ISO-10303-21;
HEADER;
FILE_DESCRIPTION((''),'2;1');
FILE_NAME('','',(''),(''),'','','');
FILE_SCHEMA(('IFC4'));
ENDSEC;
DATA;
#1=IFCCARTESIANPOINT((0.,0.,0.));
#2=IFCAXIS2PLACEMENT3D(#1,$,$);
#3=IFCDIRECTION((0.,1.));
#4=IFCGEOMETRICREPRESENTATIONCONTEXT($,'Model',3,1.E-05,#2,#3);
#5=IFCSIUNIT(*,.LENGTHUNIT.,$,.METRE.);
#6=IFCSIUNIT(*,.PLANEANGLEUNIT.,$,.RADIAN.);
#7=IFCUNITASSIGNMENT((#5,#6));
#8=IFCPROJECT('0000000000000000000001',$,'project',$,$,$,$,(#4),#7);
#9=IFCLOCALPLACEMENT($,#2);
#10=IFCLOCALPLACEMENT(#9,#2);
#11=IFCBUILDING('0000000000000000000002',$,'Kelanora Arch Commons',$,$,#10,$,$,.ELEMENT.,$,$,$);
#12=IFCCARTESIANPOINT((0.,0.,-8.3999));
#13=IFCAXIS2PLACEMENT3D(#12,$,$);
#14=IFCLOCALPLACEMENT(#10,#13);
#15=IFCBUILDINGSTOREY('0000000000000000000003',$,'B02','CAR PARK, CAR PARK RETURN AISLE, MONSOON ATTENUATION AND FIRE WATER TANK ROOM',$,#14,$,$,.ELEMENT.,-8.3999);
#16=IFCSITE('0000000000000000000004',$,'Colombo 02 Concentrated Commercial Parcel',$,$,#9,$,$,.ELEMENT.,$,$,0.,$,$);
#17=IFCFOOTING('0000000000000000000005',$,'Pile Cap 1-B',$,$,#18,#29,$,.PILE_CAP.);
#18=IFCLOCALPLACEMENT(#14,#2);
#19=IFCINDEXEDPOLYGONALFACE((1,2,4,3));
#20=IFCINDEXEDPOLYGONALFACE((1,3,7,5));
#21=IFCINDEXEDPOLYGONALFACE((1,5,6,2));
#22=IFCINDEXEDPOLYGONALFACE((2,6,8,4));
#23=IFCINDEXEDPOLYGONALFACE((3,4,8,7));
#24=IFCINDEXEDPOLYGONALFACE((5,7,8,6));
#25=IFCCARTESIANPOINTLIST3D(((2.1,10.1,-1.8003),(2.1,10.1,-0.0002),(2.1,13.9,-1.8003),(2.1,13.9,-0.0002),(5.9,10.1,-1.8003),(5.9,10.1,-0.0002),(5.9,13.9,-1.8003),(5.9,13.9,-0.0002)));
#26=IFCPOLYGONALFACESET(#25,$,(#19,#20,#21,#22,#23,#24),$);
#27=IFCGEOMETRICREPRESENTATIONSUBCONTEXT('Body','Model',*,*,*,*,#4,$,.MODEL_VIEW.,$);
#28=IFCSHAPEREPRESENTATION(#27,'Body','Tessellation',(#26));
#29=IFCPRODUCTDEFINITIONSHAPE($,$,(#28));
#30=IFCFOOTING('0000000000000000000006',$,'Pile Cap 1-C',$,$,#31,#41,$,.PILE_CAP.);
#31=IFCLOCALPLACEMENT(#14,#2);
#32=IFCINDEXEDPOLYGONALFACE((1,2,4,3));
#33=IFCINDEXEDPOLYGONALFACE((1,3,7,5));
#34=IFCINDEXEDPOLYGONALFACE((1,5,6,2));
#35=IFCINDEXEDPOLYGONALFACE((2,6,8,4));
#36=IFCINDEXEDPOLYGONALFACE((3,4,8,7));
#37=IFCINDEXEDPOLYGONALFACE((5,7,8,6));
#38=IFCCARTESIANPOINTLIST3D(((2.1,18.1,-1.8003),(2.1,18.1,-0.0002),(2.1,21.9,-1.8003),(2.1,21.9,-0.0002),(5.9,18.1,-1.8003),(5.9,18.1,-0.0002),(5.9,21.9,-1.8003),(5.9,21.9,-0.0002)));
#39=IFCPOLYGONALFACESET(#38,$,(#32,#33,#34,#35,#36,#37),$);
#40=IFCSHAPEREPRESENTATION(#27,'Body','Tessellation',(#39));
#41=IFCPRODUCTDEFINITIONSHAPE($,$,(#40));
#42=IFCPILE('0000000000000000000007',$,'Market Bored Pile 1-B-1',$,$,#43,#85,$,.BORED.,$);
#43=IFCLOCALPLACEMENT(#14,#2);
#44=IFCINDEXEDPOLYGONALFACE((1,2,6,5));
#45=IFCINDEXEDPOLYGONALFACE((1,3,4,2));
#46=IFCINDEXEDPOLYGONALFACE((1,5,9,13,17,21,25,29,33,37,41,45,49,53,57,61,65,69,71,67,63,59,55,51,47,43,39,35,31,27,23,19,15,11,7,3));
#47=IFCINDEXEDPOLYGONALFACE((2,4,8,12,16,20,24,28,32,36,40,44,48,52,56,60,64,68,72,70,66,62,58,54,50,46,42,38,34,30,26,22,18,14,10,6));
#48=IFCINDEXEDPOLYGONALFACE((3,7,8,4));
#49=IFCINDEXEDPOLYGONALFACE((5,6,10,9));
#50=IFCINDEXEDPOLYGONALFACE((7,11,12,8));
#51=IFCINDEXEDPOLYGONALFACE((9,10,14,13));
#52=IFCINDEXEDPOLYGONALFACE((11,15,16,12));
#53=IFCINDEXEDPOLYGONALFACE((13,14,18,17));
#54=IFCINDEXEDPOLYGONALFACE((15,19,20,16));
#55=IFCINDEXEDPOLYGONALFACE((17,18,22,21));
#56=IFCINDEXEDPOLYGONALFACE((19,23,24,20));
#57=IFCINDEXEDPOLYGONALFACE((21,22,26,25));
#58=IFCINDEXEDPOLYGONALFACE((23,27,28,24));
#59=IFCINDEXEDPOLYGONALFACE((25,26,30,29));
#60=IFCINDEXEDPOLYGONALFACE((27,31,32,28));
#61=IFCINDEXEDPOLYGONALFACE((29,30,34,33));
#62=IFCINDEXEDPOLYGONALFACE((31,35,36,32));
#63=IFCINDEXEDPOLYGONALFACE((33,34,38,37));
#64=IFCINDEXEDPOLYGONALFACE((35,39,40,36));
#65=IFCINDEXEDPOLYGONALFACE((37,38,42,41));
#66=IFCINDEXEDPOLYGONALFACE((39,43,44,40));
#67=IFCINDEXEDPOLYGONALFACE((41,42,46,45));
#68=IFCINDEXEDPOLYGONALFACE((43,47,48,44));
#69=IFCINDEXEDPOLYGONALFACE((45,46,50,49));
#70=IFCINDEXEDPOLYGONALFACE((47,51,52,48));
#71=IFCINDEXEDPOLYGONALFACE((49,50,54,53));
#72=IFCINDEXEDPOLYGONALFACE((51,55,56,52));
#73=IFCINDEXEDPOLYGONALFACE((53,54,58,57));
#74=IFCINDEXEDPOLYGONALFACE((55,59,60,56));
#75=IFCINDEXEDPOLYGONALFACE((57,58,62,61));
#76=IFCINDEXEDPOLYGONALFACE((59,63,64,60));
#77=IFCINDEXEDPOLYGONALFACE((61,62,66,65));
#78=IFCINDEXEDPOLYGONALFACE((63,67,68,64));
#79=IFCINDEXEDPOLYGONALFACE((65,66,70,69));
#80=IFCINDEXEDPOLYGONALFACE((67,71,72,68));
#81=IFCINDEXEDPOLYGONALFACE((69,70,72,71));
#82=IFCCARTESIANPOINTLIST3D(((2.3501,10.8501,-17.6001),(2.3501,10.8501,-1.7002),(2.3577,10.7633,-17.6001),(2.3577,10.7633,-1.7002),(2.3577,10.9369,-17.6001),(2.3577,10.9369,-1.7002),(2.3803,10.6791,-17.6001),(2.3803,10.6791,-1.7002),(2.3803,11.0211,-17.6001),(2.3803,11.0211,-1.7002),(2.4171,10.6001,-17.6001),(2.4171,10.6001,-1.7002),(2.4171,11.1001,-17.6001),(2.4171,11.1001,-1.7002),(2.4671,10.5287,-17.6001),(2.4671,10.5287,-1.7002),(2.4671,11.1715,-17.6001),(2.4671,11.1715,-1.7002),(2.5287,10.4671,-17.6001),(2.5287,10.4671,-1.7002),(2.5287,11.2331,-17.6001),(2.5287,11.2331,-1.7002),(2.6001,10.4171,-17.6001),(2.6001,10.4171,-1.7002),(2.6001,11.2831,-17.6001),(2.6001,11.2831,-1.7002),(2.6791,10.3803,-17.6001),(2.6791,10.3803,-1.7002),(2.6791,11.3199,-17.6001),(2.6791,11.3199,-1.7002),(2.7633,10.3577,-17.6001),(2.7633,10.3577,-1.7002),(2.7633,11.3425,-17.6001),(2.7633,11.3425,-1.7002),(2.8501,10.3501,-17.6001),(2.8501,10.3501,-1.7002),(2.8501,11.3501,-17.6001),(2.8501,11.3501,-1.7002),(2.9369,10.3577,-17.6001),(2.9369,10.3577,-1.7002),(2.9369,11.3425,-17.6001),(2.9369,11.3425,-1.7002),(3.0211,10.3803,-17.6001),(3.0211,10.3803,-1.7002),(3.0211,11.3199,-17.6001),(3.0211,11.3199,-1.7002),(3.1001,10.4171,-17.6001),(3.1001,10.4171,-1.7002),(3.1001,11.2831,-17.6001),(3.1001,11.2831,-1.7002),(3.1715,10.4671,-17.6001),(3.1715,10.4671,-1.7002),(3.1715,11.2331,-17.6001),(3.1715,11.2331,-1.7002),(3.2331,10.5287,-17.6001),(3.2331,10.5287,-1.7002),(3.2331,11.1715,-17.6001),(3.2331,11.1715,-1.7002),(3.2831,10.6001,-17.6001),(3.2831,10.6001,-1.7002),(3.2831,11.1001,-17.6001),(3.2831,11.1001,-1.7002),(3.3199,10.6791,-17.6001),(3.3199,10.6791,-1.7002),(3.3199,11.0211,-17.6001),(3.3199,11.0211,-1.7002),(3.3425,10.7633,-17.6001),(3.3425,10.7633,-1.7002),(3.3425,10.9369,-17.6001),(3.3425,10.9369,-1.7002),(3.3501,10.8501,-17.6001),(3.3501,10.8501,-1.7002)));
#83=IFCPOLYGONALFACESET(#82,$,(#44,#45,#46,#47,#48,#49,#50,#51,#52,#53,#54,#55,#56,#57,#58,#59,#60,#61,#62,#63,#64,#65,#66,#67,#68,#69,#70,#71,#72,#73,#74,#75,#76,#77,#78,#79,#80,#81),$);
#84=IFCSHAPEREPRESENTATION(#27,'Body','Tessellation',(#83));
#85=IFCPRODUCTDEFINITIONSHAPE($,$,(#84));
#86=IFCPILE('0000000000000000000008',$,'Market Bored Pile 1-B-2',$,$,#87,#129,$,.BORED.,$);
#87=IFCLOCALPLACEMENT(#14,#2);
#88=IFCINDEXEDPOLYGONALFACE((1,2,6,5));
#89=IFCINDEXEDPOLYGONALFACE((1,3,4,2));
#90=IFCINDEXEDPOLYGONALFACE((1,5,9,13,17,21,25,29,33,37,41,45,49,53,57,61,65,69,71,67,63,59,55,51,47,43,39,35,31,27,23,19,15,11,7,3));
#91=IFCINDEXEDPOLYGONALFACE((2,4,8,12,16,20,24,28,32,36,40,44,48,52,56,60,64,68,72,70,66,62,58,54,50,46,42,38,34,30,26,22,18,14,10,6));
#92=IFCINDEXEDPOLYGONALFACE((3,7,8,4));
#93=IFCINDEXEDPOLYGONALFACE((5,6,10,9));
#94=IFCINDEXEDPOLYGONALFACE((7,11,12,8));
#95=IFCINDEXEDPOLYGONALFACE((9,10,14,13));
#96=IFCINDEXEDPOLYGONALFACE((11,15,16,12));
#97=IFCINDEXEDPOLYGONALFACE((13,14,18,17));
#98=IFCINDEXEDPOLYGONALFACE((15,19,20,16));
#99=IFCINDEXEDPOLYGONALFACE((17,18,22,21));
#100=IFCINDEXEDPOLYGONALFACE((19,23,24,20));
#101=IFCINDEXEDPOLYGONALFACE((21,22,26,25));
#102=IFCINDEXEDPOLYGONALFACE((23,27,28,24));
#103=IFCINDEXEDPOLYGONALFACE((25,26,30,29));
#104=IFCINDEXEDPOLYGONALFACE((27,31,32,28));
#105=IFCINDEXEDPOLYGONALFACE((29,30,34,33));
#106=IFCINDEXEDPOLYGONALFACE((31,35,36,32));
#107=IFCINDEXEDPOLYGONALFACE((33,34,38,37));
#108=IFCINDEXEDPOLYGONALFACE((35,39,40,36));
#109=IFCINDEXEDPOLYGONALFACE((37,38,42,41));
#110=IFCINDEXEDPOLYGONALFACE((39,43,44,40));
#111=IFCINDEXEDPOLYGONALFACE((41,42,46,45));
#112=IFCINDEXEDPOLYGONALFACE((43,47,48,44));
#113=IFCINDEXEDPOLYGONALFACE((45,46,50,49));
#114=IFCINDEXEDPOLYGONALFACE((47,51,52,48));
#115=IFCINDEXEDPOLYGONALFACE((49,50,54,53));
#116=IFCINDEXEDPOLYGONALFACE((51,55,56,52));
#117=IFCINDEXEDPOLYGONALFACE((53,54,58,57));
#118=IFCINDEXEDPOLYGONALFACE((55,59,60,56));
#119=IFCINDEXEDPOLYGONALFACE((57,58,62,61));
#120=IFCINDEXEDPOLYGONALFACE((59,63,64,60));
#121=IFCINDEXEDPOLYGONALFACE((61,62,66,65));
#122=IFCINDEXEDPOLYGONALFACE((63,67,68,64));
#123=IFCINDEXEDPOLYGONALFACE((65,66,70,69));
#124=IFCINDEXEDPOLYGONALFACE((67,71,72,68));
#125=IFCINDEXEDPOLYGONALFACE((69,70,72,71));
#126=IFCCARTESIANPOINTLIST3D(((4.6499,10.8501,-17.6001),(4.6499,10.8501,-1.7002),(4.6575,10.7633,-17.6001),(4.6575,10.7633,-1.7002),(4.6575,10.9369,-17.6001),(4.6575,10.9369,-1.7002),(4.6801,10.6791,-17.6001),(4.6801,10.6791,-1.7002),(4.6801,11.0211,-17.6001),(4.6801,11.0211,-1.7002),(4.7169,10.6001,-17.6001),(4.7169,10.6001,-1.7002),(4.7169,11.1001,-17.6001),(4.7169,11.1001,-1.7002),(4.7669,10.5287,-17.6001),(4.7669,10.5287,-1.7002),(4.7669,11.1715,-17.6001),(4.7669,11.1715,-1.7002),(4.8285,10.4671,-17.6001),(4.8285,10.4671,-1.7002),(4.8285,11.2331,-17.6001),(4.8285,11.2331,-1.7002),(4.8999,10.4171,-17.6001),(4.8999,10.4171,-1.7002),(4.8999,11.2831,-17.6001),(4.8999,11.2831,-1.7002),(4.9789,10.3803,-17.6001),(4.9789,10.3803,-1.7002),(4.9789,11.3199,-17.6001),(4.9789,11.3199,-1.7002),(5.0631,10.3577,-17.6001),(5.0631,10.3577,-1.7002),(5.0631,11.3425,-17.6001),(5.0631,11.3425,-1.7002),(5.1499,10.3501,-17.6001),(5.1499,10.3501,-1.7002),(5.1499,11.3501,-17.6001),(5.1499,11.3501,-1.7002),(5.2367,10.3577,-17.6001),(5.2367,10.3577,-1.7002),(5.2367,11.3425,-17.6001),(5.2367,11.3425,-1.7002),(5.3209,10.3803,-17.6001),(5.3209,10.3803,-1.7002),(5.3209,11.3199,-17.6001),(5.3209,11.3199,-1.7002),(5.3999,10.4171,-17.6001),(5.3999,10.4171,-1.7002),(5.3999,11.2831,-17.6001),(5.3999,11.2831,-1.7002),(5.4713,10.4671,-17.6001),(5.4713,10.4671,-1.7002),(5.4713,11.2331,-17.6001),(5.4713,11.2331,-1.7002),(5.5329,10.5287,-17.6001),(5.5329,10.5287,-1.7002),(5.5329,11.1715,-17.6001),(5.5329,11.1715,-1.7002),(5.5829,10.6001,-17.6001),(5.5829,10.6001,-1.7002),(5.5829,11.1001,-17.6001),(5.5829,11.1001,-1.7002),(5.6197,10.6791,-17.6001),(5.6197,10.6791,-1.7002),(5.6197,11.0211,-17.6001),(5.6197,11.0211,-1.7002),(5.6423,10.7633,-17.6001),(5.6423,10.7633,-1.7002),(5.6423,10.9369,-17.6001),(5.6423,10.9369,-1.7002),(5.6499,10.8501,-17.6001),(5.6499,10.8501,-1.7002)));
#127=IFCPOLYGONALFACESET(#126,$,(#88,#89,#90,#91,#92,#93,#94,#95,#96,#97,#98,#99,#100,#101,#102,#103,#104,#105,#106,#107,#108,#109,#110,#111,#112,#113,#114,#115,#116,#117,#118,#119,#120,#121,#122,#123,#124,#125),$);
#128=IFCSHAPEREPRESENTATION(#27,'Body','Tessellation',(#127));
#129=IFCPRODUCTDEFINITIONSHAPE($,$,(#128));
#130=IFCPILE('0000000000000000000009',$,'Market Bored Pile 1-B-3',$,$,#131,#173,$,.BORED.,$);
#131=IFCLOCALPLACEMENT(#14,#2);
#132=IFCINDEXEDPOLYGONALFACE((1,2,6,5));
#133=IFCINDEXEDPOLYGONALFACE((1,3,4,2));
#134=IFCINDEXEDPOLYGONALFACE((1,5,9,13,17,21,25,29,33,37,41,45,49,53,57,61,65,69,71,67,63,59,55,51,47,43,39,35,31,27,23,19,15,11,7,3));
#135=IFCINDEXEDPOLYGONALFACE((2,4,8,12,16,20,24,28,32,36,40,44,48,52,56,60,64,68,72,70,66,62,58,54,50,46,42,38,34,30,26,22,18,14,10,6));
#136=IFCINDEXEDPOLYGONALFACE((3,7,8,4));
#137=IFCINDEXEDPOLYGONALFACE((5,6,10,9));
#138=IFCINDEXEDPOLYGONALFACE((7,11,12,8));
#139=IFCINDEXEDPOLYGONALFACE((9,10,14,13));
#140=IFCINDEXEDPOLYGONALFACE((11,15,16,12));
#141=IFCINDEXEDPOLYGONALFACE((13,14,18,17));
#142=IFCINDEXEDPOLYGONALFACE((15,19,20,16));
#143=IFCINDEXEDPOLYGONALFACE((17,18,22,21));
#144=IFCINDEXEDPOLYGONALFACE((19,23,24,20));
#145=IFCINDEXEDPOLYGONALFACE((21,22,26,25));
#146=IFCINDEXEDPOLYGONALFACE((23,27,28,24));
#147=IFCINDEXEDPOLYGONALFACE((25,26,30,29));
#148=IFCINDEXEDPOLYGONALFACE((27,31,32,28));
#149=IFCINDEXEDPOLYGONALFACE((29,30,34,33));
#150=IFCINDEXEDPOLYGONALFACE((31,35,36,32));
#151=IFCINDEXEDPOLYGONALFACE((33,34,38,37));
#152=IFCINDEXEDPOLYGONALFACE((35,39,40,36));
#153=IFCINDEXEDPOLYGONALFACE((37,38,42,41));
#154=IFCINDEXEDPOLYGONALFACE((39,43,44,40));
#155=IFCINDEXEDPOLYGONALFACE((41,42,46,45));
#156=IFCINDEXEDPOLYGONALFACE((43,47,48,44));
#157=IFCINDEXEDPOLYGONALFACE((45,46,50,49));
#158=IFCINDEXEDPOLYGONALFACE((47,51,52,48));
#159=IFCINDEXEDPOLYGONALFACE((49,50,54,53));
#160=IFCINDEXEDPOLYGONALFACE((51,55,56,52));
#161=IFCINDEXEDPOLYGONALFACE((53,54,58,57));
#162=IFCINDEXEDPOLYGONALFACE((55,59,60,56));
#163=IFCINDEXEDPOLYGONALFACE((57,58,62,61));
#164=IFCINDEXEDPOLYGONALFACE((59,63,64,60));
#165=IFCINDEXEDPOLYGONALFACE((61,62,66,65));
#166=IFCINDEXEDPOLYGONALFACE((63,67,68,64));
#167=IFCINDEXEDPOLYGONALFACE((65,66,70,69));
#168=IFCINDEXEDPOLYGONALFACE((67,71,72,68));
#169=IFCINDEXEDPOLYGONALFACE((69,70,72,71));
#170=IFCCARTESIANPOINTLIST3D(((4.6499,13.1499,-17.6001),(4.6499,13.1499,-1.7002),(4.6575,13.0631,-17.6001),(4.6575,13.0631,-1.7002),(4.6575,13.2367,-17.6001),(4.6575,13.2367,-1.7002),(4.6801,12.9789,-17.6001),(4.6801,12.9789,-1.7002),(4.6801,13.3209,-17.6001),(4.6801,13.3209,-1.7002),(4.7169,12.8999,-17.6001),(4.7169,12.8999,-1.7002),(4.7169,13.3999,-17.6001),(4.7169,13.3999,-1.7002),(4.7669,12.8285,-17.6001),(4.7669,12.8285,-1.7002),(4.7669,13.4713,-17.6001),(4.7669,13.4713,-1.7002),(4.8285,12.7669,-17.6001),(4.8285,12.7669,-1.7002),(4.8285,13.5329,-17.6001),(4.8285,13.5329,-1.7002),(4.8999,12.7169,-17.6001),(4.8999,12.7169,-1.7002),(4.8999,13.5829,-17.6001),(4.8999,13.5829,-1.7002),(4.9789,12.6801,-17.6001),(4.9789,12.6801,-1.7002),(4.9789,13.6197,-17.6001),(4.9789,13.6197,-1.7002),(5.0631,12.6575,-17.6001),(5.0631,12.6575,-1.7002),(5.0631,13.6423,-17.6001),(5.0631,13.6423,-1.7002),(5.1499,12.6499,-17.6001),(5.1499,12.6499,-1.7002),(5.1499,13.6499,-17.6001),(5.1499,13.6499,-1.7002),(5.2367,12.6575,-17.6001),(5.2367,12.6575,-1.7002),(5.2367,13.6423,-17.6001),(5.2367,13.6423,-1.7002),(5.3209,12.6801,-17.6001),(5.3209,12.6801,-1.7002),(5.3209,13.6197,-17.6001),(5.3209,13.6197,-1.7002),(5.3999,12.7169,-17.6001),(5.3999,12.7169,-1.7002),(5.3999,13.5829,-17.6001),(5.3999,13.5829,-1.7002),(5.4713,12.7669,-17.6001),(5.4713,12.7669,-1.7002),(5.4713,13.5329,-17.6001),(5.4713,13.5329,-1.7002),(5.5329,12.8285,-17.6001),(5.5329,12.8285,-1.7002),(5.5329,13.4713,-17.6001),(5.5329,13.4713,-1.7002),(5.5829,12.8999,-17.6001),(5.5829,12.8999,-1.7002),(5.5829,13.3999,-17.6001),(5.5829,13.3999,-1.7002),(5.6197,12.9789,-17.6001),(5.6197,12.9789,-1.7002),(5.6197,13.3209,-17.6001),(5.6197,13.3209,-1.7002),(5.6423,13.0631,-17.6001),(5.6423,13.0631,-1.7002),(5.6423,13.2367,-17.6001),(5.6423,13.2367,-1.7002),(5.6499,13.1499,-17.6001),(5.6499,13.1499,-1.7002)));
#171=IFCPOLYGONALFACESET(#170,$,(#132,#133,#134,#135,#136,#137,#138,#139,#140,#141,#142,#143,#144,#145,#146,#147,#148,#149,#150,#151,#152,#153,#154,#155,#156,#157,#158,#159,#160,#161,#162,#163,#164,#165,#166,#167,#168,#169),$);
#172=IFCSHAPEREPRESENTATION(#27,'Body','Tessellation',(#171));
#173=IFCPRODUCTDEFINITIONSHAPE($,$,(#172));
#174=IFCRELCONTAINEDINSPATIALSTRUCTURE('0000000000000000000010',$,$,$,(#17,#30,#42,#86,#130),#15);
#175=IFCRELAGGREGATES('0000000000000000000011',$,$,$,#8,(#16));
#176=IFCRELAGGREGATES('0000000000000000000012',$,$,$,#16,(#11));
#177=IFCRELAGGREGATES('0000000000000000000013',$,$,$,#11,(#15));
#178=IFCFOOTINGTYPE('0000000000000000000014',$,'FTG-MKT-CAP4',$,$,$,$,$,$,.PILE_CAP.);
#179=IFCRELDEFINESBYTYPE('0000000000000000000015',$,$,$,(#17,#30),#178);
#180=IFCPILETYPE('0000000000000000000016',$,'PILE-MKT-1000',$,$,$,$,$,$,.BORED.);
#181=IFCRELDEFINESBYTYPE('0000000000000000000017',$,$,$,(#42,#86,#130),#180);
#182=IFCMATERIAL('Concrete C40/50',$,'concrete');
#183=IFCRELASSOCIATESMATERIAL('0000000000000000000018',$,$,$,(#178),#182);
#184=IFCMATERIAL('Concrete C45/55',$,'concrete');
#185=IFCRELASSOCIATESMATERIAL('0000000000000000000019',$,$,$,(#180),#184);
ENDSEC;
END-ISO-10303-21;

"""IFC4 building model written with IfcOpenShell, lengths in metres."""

from ifc_helpers import new_model, si_unit, direction, frame, origin, origin_2d, place, context, subcontext, project, spatial, rectangle, circle, extrude, source, transform, mapped, material, material_profile, profile_set, type_object, element, save


model = new_model("IFC4")

# Units and contexts
model_context = context("Model", 3, precision=1e-05, world=origin(), true_north=direction((0.0, 1.0)))
body_context = subcontext(model_context, "Body", "Model", "MODEL_VIEW")
ifc_project = project(units=[si_unit("LENGTHUNIT", "METRE"), si_unit("PLANEANGLEUNIT", "RADIAN")], contexts=[model_context])

# Site, building, storey
site_placement = place(None, origin())
site = spatial("IfcSite", under=ifc_project, at=site_placement, Name="Colombo 02 Concentrated Commercial Parcel", CompositionType="ELEMENT", RefElevation=0.0)
building_placement = place(site_placement, origin())
building = spatial("IfcBuilding", under=site, at=building_placement, Name="Kelanora Arch Commons", CompositionType="ELEMENT")
storey_placement = place(building_placement, frame((0.0, 0.0, -8.3999)))
storey = spatial("IfcBuildingStorey", under=building, at=storey_placement, Name="B02", Description="CAR PARK, CAR PARK RETURN AISLE, MONSOON ATTENUATION AND FIRE WATER TANK ROOM", CompositionType="ELEMENT", Elevation=-8.3999)

# Footings
ifc_material_1 = material(Name="Concrete C40/50", Category="concrete")
footing_type_1 = type_object("IfcFootingType", Name="FTG-MKT-CAP4", PredefinedType="PILE_CAP", material=ifc_material_1)
shared_shape_1 = source(origin(), body_context, "Body", "SweptSolid", [
    extrude(rectangle(XDim=3.8, YDim=3.8, at=origin_2d()), origin(), (0.0, 0.0, 1.0), 1.8),
])
for number, where, z_axis, x_axis, name in (
    (1, (4.0, 12.0, -1.8003), (0.0, 0.0, 1.0), (1.0, 0.0, 0.0), "Pile Cap 1-B"),
    (2, (4.0, 20.0, -1.8003), (0.0, 0.0, 1.0), (1.0, 0.0, 0.0), "Pile Cap 1-C"),
):
    element("IfcFooting", number, at=place(storey_placement, frame(where, z_axis=z_axis, x_axis=x_axis)), inside=storey, type_object=footing_type_1, Name=name, PredefinedType="PILE_CAP", context=body_context, shape_type="MappedRepresentation", body=[
        mapped(shared_shape_1, transform((0.0, 0.0, 0.0), scale=1.0)),
    ])

# Piles
ifc_material_2 = material(Name="Concrete C45/55", Category="concrete")
ifc_material_profile_1 = material_profile(ifc_material_2, circle(Radius=0.5, at=origin_2d()), Name="PILE1000")
ifc_profile_set_1 = profile_set([ifc_material_profile_1], Name="Concrete C45/55")
pile_type = type_object("IfcPileType", Name="PILE-MKT-1000", PredefinedType="BORED", material=ifc_profile_set_1)
shared_shape_2 = source(origin(), body_context, "Body", "SweptSolid", [
    extrude(circle(Radius=0.5, at=origin_2d()), origin(), (0.0, 0.0, 1.0), 15.8999),
])
for number, where, z_axis, x_axis, name in (
    (3, (2.8501, 10.8501, -1.7002), (0.0, 0.0, -1.0), (1.0, 0.0, 0.0), "Market Bored Pile 1-B-1"),
    (4, (5.1499, 10.8501, -1.7002), (0.0, 0.0, -1.0), (1.0, 0.0, 0.0), "Market Bored Pile 1-B-2"),
    (5, (5.1499, 13.1499, -1.7002), (0.0, 0.0, -1.0), (1.0, 0.0, 0.0), "Market Bored Pile 1-B-3"),
):
    element("IfcPile", number, at=place(storey_placement, frame(where, z_axis=z_axis, x_axis=x_axis)), inside=storey, type_object=pile_type, Name=name, PredefinedType="BORED", context=body_context, shape_type="MappedRepresentation", body=[
        mapped(shared_shape_2, transform((0.0, 0.0, 0.0), scale=1.0)),
    ])

save(model, "model.ifc")
